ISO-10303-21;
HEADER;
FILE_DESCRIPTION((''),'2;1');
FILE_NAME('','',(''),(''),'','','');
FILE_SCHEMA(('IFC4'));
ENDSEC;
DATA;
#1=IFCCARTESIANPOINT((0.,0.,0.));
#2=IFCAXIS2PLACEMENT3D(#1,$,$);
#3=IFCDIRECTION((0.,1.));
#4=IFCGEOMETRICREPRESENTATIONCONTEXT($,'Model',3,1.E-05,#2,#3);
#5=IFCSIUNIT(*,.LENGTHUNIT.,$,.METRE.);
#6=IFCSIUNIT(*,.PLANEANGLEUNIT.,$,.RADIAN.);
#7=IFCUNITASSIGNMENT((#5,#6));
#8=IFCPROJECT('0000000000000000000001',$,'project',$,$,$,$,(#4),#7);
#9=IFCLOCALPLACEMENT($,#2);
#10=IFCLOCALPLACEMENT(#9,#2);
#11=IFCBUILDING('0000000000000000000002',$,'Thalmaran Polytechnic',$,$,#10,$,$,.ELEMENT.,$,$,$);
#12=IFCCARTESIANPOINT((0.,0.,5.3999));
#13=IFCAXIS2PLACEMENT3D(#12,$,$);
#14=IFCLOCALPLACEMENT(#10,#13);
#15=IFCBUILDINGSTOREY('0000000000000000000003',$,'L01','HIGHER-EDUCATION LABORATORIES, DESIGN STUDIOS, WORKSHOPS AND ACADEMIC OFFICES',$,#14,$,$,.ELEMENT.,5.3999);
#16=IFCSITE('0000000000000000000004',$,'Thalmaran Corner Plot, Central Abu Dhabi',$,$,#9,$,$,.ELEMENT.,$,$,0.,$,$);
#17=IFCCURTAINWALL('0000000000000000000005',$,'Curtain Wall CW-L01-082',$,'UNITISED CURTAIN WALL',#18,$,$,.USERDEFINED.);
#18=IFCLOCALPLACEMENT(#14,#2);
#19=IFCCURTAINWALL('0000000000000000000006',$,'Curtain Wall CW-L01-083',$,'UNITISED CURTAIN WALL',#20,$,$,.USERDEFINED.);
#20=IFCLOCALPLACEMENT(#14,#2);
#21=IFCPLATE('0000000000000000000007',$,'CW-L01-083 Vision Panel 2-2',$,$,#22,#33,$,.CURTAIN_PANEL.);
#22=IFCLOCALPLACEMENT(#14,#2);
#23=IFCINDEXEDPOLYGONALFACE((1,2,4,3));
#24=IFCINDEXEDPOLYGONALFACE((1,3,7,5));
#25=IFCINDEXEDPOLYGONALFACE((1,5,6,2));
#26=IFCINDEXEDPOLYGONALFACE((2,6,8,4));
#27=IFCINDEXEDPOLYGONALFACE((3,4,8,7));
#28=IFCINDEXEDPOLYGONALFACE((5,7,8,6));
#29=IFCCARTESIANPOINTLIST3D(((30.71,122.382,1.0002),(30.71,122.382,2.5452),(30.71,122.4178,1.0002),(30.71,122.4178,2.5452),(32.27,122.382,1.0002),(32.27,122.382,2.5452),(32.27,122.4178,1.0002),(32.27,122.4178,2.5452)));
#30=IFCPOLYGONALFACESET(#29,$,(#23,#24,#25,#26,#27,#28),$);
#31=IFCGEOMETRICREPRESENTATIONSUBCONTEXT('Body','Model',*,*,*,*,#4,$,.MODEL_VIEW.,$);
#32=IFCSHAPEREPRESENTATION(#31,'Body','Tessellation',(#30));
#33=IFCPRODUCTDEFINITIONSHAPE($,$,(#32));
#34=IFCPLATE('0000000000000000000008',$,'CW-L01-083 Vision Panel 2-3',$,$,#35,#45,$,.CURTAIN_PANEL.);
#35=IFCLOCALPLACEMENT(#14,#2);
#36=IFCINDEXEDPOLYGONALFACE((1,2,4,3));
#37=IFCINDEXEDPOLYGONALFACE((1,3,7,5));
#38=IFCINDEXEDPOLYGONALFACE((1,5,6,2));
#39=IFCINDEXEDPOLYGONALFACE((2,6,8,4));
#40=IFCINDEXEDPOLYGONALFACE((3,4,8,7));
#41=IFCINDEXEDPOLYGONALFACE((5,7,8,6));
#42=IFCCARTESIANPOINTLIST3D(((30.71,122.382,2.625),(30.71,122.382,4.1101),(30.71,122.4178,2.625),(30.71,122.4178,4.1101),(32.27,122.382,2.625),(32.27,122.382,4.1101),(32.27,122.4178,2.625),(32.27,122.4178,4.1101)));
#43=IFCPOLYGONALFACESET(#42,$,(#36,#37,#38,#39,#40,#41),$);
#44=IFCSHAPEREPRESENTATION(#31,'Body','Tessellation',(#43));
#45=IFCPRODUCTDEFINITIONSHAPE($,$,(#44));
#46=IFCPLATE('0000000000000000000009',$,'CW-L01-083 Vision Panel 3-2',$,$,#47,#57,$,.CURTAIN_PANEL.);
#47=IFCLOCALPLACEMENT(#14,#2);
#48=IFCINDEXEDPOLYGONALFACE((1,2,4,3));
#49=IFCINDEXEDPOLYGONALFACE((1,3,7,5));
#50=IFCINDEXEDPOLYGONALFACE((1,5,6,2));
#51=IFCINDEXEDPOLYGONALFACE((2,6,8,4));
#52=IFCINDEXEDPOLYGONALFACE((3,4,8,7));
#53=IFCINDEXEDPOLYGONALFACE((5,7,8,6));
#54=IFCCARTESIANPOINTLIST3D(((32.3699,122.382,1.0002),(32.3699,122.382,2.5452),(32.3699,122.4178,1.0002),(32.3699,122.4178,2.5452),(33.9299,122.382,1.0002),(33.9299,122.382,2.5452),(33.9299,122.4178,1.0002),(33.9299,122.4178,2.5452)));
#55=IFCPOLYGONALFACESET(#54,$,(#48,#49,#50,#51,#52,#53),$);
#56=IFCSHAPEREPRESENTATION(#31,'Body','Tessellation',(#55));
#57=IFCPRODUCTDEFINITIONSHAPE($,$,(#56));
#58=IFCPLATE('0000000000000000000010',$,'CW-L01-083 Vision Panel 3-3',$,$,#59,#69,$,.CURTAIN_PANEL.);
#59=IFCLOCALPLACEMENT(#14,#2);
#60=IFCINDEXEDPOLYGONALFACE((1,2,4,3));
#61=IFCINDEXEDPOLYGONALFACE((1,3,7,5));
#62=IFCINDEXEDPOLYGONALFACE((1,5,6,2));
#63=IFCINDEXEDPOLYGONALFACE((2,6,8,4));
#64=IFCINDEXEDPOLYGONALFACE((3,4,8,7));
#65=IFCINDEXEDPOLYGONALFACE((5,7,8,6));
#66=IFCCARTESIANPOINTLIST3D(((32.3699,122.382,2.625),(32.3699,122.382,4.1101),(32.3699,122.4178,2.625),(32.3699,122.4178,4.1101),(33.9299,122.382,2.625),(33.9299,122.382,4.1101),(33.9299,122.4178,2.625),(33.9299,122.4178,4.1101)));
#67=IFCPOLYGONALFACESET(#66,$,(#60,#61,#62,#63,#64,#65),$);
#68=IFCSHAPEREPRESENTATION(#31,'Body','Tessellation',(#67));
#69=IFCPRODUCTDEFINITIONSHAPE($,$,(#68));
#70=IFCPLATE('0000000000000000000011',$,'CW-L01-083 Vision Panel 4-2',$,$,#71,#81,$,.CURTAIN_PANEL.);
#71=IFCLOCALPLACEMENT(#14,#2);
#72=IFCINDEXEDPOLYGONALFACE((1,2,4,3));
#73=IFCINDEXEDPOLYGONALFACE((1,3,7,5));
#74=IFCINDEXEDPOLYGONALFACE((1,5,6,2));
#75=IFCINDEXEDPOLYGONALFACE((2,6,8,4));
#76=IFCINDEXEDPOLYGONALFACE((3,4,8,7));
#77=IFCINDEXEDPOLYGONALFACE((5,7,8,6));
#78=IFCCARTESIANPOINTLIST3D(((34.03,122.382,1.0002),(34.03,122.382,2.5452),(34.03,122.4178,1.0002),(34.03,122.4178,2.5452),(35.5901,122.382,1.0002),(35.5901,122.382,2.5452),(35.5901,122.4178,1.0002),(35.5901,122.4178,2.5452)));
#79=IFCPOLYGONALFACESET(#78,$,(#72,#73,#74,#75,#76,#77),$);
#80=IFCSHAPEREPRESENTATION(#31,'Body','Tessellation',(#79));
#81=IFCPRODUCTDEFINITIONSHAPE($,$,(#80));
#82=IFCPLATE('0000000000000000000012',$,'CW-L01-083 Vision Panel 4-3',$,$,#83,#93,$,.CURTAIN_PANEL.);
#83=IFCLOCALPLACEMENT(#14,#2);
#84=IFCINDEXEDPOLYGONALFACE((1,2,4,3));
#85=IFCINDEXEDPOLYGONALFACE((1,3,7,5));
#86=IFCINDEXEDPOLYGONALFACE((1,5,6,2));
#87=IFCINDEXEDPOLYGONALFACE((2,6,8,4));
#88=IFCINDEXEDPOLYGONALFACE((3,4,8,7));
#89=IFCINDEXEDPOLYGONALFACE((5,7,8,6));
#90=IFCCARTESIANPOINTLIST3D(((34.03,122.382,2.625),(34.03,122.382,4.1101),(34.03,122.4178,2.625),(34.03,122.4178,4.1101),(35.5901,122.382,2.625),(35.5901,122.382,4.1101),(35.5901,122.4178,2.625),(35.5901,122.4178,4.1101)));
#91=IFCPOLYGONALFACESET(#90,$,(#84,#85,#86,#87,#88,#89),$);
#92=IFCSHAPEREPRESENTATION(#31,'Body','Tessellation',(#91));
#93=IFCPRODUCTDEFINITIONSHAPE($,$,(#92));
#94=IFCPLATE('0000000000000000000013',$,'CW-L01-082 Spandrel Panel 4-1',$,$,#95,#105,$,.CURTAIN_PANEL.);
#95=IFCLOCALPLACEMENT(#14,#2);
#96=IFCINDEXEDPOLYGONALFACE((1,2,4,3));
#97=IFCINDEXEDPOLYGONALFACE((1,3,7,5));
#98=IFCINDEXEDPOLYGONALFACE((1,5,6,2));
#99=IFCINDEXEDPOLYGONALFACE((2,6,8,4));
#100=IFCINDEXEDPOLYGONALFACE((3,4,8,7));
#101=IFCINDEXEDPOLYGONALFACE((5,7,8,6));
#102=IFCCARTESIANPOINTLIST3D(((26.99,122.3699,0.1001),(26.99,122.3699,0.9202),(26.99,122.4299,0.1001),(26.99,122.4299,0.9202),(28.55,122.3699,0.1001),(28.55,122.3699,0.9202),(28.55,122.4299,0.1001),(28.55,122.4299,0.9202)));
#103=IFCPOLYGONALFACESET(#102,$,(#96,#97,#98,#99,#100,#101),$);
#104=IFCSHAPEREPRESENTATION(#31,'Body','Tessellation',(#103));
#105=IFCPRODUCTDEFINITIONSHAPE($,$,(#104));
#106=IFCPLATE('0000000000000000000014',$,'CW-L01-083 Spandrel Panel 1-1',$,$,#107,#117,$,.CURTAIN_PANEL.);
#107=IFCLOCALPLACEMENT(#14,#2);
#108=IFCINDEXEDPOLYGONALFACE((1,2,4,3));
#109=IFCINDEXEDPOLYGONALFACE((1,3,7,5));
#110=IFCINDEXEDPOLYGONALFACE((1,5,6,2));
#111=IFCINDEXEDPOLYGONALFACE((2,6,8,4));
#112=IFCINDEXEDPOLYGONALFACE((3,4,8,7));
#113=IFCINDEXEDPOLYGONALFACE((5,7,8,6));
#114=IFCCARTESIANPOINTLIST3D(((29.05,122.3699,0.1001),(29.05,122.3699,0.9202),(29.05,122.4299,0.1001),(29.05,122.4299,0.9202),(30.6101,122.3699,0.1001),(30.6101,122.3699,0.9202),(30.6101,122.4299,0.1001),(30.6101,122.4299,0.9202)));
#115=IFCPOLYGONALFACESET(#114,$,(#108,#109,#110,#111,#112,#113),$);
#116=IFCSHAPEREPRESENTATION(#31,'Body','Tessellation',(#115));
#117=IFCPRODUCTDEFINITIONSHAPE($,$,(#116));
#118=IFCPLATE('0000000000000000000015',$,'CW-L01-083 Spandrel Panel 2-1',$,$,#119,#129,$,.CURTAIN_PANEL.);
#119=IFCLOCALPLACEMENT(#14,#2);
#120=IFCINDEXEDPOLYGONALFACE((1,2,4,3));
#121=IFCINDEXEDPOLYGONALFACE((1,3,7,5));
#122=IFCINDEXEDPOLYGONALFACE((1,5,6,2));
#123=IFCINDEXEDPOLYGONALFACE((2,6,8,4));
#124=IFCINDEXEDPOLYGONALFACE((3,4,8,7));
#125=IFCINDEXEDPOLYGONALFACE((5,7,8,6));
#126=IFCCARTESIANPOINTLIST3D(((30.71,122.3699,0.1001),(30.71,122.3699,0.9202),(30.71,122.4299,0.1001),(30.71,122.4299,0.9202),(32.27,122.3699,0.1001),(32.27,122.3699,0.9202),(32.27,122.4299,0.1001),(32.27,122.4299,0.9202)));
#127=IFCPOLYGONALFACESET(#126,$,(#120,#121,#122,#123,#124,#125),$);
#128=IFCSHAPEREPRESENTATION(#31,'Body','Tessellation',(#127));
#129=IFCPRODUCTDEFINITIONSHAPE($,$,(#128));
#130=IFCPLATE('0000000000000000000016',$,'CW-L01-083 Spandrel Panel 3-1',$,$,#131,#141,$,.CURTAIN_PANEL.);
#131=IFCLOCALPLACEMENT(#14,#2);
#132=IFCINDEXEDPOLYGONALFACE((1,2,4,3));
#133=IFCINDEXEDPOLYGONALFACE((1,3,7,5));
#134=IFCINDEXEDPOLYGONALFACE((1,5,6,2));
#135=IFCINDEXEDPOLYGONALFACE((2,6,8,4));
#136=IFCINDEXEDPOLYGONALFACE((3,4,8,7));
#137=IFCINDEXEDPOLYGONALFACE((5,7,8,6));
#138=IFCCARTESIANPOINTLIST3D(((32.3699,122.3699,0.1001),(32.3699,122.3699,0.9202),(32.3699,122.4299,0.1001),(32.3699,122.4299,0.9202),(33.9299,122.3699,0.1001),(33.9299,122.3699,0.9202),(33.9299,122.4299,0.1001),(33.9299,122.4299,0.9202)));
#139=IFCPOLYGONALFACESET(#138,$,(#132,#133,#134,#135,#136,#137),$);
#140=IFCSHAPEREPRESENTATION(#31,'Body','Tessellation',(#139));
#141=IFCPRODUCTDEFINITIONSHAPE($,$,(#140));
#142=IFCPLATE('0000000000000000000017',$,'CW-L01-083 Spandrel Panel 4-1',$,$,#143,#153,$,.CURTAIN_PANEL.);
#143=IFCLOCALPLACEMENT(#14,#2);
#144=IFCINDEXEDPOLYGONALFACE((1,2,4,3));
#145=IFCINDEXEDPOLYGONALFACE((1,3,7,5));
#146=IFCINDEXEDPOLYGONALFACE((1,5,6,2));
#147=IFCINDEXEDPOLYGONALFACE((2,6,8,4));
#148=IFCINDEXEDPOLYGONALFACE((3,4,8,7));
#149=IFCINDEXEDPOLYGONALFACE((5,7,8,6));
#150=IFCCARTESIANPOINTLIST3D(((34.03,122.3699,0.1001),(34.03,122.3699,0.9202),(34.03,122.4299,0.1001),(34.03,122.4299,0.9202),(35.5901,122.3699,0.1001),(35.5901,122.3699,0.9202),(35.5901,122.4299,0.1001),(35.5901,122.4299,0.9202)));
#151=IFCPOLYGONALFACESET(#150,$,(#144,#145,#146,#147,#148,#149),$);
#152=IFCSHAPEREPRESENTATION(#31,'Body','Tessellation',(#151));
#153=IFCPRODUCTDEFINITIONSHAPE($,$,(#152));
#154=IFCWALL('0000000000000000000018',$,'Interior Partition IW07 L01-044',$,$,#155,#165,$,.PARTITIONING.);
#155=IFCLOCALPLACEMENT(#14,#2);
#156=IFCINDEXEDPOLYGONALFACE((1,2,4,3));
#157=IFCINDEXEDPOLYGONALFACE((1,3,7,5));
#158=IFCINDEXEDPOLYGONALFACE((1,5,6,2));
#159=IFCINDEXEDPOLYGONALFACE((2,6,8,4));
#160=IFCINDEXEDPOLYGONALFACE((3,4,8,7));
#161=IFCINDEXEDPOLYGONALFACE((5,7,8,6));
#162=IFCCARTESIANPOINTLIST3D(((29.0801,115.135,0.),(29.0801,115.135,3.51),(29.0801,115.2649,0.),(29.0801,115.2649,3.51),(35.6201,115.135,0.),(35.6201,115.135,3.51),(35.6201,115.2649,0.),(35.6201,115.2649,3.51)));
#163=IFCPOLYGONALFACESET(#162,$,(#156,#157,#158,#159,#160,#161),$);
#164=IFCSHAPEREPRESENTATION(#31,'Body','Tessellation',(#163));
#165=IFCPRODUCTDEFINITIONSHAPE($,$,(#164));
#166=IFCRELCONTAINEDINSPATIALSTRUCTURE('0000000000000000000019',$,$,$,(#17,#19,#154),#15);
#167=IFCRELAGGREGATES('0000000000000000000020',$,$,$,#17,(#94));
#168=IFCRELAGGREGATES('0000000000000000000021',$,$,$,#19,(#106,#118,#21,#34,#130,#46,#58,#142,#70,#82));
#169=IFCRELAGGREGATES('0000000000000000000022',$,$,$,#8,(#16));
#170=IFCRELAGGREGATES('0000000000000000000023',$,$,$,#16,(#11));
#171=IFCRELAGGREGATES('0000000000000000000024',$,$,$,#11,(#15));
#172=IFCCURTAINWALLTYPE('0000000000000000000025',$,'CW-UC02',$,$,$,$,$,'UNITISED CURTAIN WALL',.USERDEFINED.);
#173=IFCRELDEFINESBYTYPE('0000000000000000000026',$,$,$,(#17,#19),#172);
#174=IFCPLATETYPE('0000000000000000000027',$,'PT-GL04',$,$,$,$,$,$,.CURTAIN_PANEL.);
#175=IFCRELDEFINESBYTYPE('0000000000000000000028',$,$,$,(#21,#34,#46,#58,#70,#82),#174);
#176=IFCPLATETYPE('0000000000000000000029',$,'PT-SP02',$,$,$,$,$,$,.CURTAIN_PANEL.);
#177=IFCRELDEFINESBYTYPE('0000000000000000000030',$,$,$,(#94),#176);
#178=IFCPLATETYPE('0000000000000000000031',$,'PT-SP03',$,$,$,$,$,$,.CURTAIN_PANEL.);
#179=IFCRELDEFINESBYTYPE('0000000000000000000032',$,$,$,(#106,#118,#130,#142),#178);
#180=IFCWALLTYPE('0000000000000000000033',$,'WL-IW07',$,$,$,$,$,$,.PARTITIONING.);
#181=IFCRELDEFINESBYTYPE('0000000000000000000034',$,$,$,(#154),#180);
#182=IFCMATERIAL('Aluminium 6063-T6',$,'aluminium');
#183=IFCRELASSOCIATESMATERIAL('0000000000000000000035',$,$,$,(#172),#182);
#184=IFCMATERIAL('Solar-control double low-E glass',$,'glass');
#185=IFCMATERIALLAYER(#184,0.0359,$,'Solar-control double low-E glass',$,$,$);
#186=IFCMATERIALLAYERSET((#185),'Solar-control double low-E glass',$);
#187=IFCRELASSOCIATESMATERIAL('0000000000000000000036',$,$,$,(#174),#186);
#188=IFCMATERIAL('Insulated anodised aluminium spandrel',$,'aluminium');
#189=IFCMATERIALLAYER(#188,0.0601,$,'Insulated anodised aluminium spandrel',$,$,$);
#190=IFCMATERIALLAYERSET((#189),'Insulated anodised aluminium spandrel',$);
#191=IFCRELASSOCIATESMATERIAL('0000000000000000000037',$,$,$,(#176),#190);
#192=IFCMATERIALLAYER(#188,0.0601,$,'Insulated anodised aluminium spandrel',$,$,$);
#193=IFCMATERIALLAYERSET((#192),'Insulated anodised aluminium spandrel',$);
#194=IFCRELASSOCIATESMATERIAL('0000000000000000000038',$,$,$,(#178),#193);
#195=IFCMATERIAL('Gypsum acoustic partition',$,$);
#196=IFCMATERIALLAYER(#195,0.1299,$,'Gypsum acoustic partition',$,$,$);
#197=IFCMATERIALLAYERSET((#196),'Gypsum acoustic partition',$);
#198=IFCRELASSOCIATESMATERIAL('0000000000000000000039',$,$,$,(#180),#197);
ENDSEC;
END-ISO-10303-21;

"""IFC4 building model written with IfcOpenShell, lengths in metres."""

from ifc_helpers import new_model, si_unit, direction, frame, frame_2d, origin, origin_2d, place, context, subcontext, project, spatial, rectangle, extrude, material, layer, layer_set, type_object, element, aggregate, save


model = new_model("IFC4")

# Units and contexts
model_context = context("Model", 3, precision=1e-05, world=origin(), true_north=direction((0.0, 1.0)))
body_context = subcontext(model_context, "Body", "Model", "MODEL_VIEW")
ifc_project = project(units=[si_unit("LENGTHUNIT", "METRE"), si_unit("PLANEANGLEUNIT", "RADIAN")], contexts=[model_context])

# Site, building, storey
site_placement = place(None, origin())
site = spatial("IfcSite", under=ifc_project, at=site_placement, Name="Thalmaran Corner Plot, Central Abu Dhabi", CompositionType="ELEMENT", RefElevation=0.0)
building_placement = place(site_placement, origin())
building = spatial("IfcBuilding", under=site, at=building_placement, Name="Thalmaran Polytechnic", CompositionType="ELEMENT")
storey_placement = place(building_placement, frame((0.0, 0.0, 5.3999)))
storey = spatial("IfcBuildingStorey", under=building, at=storey_placement, Name="L01", Description="HIGHER-EDUCATION LABORATORIES, DESIGN STUDIOS, WORKSHOPS AND ACADEMIC OFFICES", CompositionType="ELEMENT", Elevation=5.3999)

# Curtain walls
ifc_material_1 = material(Name="Aluminium 6063-T6", Category="aluminium")
curtain_wall_type = type_object("IfcCurtainWallType", Name="CW-UC02", ElementType="UNITISED CURTAIN WALL", PredefinedType="USERDEFINED", material=ifc_material_1)
curtain_wall_1_placement = place(storey_placement, origin())
curtain_wall_1 = element("IfcCurtainWall", 1, at=curtain_wall_1_placement, inside=storey, type_object=curtain_wall_type, Name="Curtain Wall CW-L01-082", ObjectType="UNITISED CURTAIN WALL", PredefinedType="USERDEFINED")
curtain_wall_2_placement = place(storey_placement, origin())
curtain_wall_2 = element("IfcCurtainWall", 2, at=curtain_wall_2_placement, inside=storey, type_object=curtain_wall_type, Name="Curtain Wall CW-L01-083", ObjectType="UNITISED CURTAIN WALL", PredefinedType="USERDEFINED")

# Plates
ifc_material_2 = material(Name="Solar-control double low-E glass", Category="glass")
ifc_layer_1 = layer(ifc_material_2, 0.0359, Name="Solar-control double low-E glass")
ifc_layer_set_1 = layer_set([ifc_layer_1], Name="Solar-control double low-E glass")
plate_type_1 = type_object("IfcPlateType", Name="PT-GL04", PredefinedType="CURTAIN_PANEL", material=ifc_layer_set_1)
plate_1_placement = place(storey_placement, frame((31.49, 122.3999, 1.0002), z_axis=(0.0, 0.0, 1.0), x_axis=(1.0, 0.0, 0.0)))
plate_1 = element("IfcPlate", 3, at=plate_1_placement, type_object=plate_type_1, Name="CW-L01-083 Vision Panel 2-2", PredefinedType="CURTAIN_PANEL", context=body_context, shape_type="SweptSolid", body=[
    extrude(rectangle(XDim=1.5601, YDim=0.0359, at=origin_2d()), origin(), (0.0, 0.0, 1.0), 1.5449),
])
plate_2_placement = place(storey_placement, frame((31.49, 122.3999, 2.625), z_axis=(0.0, 0.0, 1.0), x_axis=(1.0, 0.0, 0.0)))
plate_2 = element("IfcPlate", 4, at=plate_2_placement, type_object=plate_type_1, Name="CW-L01-083 Vision Panel 2-3", PredefinedType="CURTAIN_PANEL", context=body_context, shape_type="SweptSolid", body=[
    extrude(rectangle(XDim=1.5601, YDim=0.0359, at=origin_2d()), origin(), (0.0, 0.0, 1.0), 1.4851),
])
plate_3_placement = place(storey_placement, frame((33.1499, 122.3999, 1.0002), z_axis=(0.0, 0.0, 1.0), x_axis=(1.0, 0.0, 0.0)))
plate_3 = element("IfcPlate", 5, at=plate_3_placement, type_object=plate_type_1, Name="CW-L01-083 Vision Panel 3-2", PredefinedType="CURTAIN_PANEL", context=body_context, shape_type="SweptSolid", body=[
    extrude(rectangle(XDim=1.5601, YDim=0.0359, at=origin_2d()), origin(), (0.0, 0.0, 1.0), 1.5449),
])
plate_4_placement = place(storey_placement, frame((33.1499, 122.3999, 2.625), z_axis=(0.0, 0.0, 1.0), x_axis=(1.0, 0.0, 0.0)))
plate_4 = element("IfcPlate", 6, at=plate_4_placement, type_object=plate_type_1, Name="CW-L01-083 Vision Panel 3-3", PredefinedType="CURTAIN_PANEL", context=body_context, shape_type="SweptSolid", body=[
    extrude(rectangle(XDim=1.5601, YDim=0.0359, at=origin_2d()), origin(), (0.0, 0.0, 1.0), 1.4851),
])
plate_5_placement = place(storey_placement, frame((34.8101, 122.3999, 1.0002), z_axis=(0.0, 0.0, 1.0), x_axis=(1.0, 0.0, 0.0)))
plate_5 = element("IfcPlate", 7, at=plate_5_placement, type_object=plate_type_1, Name="CW-L01-083 Vision Panel 4-2", PredefinedType="CURTAIN_PANEL", context=body_context, shape_type="SweptSolid", body=[
    extrude(rectangle(XDim=1.5601, YDim=0.0359, at=origin_2d()), origin(), (0.0, 0.0, 1.0), 1.5449),
])
plate_6_placement = place(storey_placement, frame((34.8101, 122.3999, 2.625), z_axis=(0.0, 0.0, 1.0), x_axis=(1.0, 0.0, 0.0)))
plate_6 = element("IfcPlate", 8, at=plate_6_placement, type_object=plate_type_1, Name="CW-L01-083 Vision Panel 4-3", PredefinedType="CURTAIN_PANEL", context=body_context, shape_type="SweptSolid", body=[
    extrude(rectangle(XDim=1.5601, YDim=0.0359, at=origin_2d()), origin(), (0.0, 0.0, 1.0), 1.4851),
])
ifc_material_3 = material(Name="Insulated anodised aluminium spandrel", Category="aluminium")
ifc_layer_2 = layer(ifc_material_3, 0.0601, Name="Insulated anodised aluminium spandrel")
ifc_layer_set_2 = layer_set([ifc_layer_2], Name="Insulated anodised aluminium spandrel")
plate_type_2 = type_object("IfcPlateType", Name="PT-SP02", PredefinedType="CURTAIN_PANEL", material=ifc_layer_set_2)
plate_7_placement = place(storey_placement, frame((27.77, 122.3999, 0.1001), z_axis=(0.0, 0.0, 1.0), x_axis=(1.0, 0.0, 0.0)))
plate_7 = element("IfcPlate", 9, at=plate_7_placement, type_object=plate_type_2, Name="CW-L01-082 Spandrel Panel 4-1", PredefinedType="CURTAIN_PANEL", context=body_context, shape_type="SweptSolid", body=[
    extrude(rectangle(XDim=1.5601, YDim=0.0601, at=origin_2d()), origin(), (0.0, 0.0, 1.0), 0.8201),
])
aggregate(curtain_wall_1, [plate_7])
ifc_layer_3 = layer(ifc_material_3, 0.0601, Name="Insulated anodised aluminium spandrel")
ifc_layer_set_3 = layer_set([ifc_layer_3], Name="Insulated anodised aluminium spandrel")
plate_type_3 = type_object("IfcPlateType", Name="PT-SP03", PredefinedType="CURTAIN_PANEL", material=ifc_layer_set_3)
plate_8_placement = place(storey_placement, frame((29.8301, 122.3999, 0.1001), z_axis=(0.0, 0.0, 1.0), x_axis=(1.0, 0.0, 0.0)))
plate_8 = element("IfcPlate", 10, at=plate_8_placement, type_object=plate_type_3, Name="CW-L01-083 Spandrel Panel 1-1", PredefinedType="CURTAIN_PANEL", context=body_context, shape_type="SweptSolid", body=[
    extrude(rectangle(XDim=1.5601, YDim=0.0601, at=origin_2d()), origin(), (0.0, 0.0, 1.0), 0.8201),
])
plate_9_placement = place(storey_placement, frame((31.49, 122.3999, 0.1001), z_axis=(0.0, 0.0, 1.0), x_axis=(1.0, 0.0, 0.0)))
plate_9 = element("IfcPlate", 11, at=plate_9_placement, type_object=plate_type_3, Name="CW-L01-083 Spandrel Panel 2-1", PredefinedType="CURTAIN_PANEL", context=body_context, shape_type="SweptSolid", body=[
    extrude(rectangle(XDim=1.5601, YDim=0.0601, at=origin_2d()), origin(), (0.0, 0.0, 1.0), 0.8201),
])
plate_10_placement = place(storey_placement, frame((33.1499, 122.3999, 0.1001), z_axis=(0.0, 0.0, 1.0), x_axis=(1.0, 0.0, 0.0)))
plate_10 = element("IfcPlate", 12, at=plate_10_placement, type_object=plate_type_3, Name="CW-L01-083 Spandrel Panel 3-1", PredefinedType="CURTAIN_PANEL", context=body_context, shape_type="SweptSolid", body=[
    extrude(rectangle(XDim=1.5601, YDim=0.0601, at=origin_2d()), origin(), (0.0, 0.0, 1.0), 0.8201),
])
plate_11_placement = place(storey_placement, frame((34.8101, 122.3999, 0.1001), z_axis=(0.0, 0.0, 1.0), x_axis=(1.0, 0.0, 0.0)))
plate_11 = element("IfcPlate", 13, at=plate_11_placement, type_object=plate_type_3, Name="CW-L01-083 Spandrel Panel 4-1", PredefinedType="CURTAIN_PANEL", context=body_context, shape_type="SweptSolid", body=[
    extrude(rectangle(XDim=1.5601, YDim=0.0601, at=origin_2d()), origin(), (0.0, 0.0, 1.0), 0.8201),
])
aggregate(curtain_wall_2, [plate_8, plate_9, plate_1, plate_2, plate_10, plate_3, plate_4, plate_11, plate_5, plate_6])

# Wall
ifc_material_4 = material(Name="Gypsum acoustic partition")
ifc_layer_4 = layer(ifc_material_4, 0.1299, Name="Gypsum acoustic partition")
ifc_layer_set_4 = layer_set([ifc_layer_4], Name="Gypsum acoustic partition")
wall_type_1 = type_object("IfcWallType", Name="WL-IW07", PredefinedType="PARTITIONING", material=ifc_layer_set_4)
wall_1_placement = place(storey_placement, frame((29.0801, 115.2, 0.0), z_axis=(0.0, 0.0, 1.0), x_axis=(1.0, 0.0, 0.0)))
element("IfcWall", 14, at=wall_1_placement, inside=storey, type_object=wall_type_1, Name="Interior Partition IW07 L01-044", PredefinedType="PARTITIONING", context=body_context, shape_type="SweptSolid", body=[
    extrude(rectangle(XDim=6.54, YDim=0.1299, at=frame_2d((3.27, 0.0))), origin(), (0.0, 0.0, 1.0), 3.51),
])

save(model, "model.ifc")
